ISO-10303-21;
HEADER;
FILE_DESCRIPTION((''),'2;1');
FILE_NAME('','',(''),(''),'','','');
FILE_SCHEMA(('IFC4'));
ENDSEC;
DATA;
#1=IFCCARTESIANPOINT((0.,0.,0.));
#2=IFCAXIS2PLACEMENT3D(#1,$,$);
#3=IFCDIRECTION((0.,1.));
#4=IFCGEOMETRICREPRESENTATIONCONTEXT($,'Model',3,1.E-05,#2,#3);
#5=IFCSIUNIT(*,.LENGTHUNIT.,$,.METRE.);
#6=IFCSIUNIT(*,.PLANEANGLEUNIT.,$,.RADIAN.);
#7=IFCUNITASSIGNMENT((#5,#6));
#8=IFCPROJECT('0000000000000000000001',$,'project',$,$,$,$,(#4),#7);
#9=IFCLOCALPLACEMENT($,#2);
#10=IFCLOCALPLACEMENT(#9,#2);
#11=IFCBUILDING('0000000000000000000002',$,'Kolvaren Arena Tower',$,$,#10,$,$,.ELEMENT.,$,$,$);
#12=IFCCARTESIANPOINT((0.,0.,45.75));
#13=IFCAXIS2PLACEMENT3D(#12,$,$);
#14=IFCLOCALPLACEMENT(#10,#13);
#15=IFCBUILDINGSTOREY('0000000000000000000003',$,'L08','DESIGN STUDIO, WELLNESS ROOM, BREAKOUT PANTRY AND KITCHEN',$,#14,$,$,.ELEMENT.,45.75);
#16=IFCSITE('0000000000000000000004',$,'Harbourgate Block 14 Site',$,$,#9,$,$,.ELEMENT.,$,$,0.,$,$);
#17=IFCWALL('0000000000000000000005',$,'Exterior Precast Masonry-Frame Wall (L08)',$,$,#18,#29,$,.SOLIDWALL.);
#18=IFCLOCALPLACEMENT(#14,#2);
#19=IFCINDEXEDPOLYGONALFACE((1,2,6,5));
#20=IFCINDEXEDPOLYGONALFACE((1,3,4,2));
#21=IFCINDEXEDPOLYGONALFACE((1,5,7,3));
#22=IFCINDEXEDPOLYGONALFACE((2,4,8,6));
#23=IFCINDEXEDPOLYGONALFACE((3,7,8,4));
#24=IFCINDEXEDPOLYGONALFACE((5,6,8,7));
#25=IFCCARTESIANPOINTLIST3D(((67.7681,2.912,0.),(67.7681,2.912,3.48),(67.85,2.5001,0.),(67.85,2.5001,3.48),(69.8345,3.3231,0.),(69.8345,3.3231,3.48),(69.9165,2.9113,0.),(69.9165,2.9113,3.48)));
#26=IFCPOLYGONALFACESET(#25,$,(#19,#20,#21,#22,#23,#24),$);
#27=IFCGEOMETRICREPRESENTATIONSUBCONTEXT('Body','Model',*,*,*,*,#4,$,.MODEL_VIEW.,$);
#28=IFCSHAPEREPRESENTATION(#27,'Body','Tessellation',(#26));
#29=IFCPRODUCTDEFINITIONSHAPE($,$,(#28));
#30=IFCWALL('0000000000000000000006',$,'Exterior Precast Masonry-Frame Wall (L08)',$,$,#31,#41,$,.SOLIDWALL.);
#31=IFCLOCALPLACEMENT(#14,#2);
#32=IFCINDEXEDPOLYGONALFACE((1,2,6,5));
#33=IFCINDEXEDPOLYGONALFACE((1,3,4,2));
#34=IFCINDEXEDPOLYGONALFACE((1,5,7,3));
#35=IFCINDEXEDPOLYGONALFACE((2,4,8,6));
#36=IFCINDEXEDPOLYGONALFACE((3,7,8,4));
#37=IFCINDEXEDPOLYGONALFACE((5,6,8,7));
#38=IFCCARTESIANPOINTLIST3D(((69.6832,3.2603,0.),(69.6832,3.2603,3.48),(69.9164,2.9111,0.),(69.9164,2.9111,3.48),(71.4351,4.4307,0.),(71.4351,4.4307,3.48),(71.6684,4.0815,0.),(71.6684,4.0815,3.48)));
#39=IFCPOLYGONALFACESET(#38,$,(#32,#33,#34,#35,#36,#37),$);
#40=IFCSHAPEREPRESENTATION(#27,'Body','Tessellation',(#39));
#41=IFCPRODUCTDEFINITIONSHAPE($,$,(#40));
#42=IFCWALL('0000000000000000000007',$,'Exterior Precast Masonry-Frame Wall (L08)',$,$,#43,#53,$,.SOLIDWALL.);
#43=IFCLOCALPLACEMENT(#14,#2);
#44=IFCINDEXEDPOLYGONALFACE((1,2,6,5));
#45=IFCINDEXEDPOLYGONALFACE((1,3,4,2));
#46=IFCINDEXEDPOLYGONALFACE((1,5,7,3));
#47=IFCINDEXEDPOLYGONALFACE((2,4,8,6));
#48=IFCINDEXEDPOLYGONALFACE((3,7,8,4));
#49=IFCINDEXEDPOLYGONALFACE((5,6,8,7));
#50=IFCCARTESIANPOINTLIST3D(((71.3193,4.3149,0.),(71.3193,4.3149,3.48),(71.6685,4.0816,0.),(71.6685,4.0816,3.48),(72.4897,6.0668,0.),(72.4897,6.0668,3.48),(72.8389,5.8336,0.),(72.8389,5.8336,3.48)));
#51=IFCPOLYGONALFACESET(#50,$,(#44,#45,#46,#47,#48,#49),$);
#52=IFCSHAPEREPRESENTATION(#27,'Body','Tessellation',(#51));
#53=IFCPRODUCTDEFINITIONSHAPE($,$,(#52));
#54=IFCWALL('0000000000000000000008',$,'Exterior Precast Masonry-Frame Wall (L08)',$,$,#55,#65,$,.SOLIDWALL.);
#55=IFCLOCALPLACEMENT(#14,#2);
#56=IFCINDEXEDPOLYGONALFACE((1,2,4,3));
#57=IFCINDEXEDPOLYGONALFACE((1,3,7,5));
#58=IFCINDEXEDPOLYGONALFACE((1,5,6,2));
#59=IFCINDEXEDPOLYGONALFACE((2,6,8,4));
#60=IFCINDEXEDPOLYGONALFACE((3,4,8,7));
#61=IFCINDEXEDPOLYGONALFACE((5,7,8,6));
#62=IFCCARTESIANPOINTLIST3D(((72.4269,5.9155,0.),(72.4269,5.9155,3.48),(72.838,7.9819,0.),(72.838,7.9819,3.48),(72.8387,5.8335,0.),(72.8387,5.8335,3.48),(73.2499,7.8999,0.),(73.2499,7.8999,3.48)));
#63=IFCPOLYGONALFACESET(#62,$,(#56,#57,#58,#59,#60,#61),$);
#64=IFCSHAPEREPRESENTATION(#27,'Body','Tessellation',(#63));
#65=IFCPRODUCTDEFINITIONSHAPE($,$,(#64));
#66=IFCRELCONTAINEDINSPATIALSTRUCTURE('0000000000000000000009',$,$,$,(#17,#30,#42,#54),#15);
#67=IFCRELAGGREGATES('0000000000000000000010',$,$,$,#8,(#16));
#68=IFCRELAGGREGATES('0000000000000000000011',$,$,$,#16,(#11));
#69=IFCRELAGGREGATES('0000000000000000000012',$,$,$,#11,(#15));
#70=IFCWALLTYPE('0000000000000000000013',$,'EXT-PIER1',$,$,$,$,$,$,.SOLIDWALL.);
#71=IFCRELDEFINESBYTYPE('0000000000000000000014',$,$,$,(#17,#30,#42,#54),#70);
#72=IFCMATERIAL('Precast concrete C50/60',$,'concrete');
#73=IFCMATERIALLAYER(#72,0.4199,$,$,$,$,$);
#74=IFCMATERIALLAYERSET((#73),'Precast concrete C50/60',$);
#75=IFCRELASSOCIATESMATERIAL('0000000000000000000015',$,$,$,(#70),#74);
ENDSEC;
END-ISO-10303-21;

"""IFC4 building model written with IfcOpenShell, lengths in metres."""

from ifc_helpers import new_model, si_unit, direction, frame, frame_2d, origin, place, context, subcontext, project, spatial, rectangle, extrude, material, layer, layer_set, type_object, element, save


model = new_model("IFC4")

# Units and contexts
model_context = context("Model", 3, precision=1e-05, world=origin(), true_north=direction((0.0, 1.0)))
body_context = subcontext(model_context, "Body", "Model", "MODEL_VIEW")
ifc_project = project(units=[si_unit("LENGTHUNIT", "METRE"), si_unit("PLANEANGLEUNIT", "RADIAN")], contexts=[model_context])

# Site, building, storey
site_placement = place(None, origin())
site = spatial("IfcSite", under=ifc_project, at=site_placement, Name="Harbourgate Block 14 Site", CompositionType="ELEMENT", RefElevation=0.0)
building_placement = place(site_placement, origin())
building = spatial("IfcBuilding", under=site, at=building_placement, Name="Kolvaren Arena Tower", CompositionType="ELEMENT")
storey_placement = place(building_placement, frame((0.0, 0.0, 45.75)))
storey = spatial("IfcBuildingStorey", under=building, at=storey_placement, Name="L08", Description="DESIGN STUDIO, WELLNESS ROOM, BREAKOUT PANTRY AND KITCHEN", CompositionType="ELEMENT", Elevation=45.75)

# Walls
ifc_material_1 = material(Name="Precast concrete C50/60", Category="concrete")
ifc_layer_1 = layer(ifc_material_1, 0.4199)
ifc_layer_set_1 = layer_set([ifc_layer_1], Name="Precast concrete C50/60")
wall_type_1 = type_object("IfcWallType", Name="EXT-PIER1", PredefinedType="SOLIDWALL", material=ifc_layer_set_1)
for number, where, z_axis, x_axis, name in (
    (1, (69.8755, 3.1172, 0.0), (0.0, 0.0, 1.0), (-0.980776, -0.195136, 0.0), "Exterior Precast Masonry-Frame Wall (L08)"),
    (2, (71.5518, 4.2561, 0.0), (0.0, 0.0, 1.0), (-0.831515, -0.555502, 0.0), "Exterior Precast Masonry-Frame Wall (L08)"),
    (3, (72.6643, 5.9502, 0.0), (0.0, 0.0, 1.0), (-0.555502, -0.831515, 0.0), "Exterior Precast Masonry-Frame Wall (L08)"),
    (4, (73.0439, 7.9409, 0.0), (0.0, 0.0, 1.0), (-0.195136, -0.980776, 0.0), "Exterior Precast Masonry-Frame Wall (L08)"),
):
    element("IfcWall", number, at=place(storey_placement, frame(where, z_axis=z_axis, x_axis=x_axis)), inside=storey, type_object=wall_type_1, Name=name, PredefinedType="SOLIDWALL", context=body_context, shape_type="SweptSolid", body=[
        extrude(rectangle(XDim=2.1069, YDim=0.4199, at=frame_2d((1.0535, 0.0))), origin(), (0.0, 0.0, 1.0), 3.48),
    ])

save(model, "model.ifc")
